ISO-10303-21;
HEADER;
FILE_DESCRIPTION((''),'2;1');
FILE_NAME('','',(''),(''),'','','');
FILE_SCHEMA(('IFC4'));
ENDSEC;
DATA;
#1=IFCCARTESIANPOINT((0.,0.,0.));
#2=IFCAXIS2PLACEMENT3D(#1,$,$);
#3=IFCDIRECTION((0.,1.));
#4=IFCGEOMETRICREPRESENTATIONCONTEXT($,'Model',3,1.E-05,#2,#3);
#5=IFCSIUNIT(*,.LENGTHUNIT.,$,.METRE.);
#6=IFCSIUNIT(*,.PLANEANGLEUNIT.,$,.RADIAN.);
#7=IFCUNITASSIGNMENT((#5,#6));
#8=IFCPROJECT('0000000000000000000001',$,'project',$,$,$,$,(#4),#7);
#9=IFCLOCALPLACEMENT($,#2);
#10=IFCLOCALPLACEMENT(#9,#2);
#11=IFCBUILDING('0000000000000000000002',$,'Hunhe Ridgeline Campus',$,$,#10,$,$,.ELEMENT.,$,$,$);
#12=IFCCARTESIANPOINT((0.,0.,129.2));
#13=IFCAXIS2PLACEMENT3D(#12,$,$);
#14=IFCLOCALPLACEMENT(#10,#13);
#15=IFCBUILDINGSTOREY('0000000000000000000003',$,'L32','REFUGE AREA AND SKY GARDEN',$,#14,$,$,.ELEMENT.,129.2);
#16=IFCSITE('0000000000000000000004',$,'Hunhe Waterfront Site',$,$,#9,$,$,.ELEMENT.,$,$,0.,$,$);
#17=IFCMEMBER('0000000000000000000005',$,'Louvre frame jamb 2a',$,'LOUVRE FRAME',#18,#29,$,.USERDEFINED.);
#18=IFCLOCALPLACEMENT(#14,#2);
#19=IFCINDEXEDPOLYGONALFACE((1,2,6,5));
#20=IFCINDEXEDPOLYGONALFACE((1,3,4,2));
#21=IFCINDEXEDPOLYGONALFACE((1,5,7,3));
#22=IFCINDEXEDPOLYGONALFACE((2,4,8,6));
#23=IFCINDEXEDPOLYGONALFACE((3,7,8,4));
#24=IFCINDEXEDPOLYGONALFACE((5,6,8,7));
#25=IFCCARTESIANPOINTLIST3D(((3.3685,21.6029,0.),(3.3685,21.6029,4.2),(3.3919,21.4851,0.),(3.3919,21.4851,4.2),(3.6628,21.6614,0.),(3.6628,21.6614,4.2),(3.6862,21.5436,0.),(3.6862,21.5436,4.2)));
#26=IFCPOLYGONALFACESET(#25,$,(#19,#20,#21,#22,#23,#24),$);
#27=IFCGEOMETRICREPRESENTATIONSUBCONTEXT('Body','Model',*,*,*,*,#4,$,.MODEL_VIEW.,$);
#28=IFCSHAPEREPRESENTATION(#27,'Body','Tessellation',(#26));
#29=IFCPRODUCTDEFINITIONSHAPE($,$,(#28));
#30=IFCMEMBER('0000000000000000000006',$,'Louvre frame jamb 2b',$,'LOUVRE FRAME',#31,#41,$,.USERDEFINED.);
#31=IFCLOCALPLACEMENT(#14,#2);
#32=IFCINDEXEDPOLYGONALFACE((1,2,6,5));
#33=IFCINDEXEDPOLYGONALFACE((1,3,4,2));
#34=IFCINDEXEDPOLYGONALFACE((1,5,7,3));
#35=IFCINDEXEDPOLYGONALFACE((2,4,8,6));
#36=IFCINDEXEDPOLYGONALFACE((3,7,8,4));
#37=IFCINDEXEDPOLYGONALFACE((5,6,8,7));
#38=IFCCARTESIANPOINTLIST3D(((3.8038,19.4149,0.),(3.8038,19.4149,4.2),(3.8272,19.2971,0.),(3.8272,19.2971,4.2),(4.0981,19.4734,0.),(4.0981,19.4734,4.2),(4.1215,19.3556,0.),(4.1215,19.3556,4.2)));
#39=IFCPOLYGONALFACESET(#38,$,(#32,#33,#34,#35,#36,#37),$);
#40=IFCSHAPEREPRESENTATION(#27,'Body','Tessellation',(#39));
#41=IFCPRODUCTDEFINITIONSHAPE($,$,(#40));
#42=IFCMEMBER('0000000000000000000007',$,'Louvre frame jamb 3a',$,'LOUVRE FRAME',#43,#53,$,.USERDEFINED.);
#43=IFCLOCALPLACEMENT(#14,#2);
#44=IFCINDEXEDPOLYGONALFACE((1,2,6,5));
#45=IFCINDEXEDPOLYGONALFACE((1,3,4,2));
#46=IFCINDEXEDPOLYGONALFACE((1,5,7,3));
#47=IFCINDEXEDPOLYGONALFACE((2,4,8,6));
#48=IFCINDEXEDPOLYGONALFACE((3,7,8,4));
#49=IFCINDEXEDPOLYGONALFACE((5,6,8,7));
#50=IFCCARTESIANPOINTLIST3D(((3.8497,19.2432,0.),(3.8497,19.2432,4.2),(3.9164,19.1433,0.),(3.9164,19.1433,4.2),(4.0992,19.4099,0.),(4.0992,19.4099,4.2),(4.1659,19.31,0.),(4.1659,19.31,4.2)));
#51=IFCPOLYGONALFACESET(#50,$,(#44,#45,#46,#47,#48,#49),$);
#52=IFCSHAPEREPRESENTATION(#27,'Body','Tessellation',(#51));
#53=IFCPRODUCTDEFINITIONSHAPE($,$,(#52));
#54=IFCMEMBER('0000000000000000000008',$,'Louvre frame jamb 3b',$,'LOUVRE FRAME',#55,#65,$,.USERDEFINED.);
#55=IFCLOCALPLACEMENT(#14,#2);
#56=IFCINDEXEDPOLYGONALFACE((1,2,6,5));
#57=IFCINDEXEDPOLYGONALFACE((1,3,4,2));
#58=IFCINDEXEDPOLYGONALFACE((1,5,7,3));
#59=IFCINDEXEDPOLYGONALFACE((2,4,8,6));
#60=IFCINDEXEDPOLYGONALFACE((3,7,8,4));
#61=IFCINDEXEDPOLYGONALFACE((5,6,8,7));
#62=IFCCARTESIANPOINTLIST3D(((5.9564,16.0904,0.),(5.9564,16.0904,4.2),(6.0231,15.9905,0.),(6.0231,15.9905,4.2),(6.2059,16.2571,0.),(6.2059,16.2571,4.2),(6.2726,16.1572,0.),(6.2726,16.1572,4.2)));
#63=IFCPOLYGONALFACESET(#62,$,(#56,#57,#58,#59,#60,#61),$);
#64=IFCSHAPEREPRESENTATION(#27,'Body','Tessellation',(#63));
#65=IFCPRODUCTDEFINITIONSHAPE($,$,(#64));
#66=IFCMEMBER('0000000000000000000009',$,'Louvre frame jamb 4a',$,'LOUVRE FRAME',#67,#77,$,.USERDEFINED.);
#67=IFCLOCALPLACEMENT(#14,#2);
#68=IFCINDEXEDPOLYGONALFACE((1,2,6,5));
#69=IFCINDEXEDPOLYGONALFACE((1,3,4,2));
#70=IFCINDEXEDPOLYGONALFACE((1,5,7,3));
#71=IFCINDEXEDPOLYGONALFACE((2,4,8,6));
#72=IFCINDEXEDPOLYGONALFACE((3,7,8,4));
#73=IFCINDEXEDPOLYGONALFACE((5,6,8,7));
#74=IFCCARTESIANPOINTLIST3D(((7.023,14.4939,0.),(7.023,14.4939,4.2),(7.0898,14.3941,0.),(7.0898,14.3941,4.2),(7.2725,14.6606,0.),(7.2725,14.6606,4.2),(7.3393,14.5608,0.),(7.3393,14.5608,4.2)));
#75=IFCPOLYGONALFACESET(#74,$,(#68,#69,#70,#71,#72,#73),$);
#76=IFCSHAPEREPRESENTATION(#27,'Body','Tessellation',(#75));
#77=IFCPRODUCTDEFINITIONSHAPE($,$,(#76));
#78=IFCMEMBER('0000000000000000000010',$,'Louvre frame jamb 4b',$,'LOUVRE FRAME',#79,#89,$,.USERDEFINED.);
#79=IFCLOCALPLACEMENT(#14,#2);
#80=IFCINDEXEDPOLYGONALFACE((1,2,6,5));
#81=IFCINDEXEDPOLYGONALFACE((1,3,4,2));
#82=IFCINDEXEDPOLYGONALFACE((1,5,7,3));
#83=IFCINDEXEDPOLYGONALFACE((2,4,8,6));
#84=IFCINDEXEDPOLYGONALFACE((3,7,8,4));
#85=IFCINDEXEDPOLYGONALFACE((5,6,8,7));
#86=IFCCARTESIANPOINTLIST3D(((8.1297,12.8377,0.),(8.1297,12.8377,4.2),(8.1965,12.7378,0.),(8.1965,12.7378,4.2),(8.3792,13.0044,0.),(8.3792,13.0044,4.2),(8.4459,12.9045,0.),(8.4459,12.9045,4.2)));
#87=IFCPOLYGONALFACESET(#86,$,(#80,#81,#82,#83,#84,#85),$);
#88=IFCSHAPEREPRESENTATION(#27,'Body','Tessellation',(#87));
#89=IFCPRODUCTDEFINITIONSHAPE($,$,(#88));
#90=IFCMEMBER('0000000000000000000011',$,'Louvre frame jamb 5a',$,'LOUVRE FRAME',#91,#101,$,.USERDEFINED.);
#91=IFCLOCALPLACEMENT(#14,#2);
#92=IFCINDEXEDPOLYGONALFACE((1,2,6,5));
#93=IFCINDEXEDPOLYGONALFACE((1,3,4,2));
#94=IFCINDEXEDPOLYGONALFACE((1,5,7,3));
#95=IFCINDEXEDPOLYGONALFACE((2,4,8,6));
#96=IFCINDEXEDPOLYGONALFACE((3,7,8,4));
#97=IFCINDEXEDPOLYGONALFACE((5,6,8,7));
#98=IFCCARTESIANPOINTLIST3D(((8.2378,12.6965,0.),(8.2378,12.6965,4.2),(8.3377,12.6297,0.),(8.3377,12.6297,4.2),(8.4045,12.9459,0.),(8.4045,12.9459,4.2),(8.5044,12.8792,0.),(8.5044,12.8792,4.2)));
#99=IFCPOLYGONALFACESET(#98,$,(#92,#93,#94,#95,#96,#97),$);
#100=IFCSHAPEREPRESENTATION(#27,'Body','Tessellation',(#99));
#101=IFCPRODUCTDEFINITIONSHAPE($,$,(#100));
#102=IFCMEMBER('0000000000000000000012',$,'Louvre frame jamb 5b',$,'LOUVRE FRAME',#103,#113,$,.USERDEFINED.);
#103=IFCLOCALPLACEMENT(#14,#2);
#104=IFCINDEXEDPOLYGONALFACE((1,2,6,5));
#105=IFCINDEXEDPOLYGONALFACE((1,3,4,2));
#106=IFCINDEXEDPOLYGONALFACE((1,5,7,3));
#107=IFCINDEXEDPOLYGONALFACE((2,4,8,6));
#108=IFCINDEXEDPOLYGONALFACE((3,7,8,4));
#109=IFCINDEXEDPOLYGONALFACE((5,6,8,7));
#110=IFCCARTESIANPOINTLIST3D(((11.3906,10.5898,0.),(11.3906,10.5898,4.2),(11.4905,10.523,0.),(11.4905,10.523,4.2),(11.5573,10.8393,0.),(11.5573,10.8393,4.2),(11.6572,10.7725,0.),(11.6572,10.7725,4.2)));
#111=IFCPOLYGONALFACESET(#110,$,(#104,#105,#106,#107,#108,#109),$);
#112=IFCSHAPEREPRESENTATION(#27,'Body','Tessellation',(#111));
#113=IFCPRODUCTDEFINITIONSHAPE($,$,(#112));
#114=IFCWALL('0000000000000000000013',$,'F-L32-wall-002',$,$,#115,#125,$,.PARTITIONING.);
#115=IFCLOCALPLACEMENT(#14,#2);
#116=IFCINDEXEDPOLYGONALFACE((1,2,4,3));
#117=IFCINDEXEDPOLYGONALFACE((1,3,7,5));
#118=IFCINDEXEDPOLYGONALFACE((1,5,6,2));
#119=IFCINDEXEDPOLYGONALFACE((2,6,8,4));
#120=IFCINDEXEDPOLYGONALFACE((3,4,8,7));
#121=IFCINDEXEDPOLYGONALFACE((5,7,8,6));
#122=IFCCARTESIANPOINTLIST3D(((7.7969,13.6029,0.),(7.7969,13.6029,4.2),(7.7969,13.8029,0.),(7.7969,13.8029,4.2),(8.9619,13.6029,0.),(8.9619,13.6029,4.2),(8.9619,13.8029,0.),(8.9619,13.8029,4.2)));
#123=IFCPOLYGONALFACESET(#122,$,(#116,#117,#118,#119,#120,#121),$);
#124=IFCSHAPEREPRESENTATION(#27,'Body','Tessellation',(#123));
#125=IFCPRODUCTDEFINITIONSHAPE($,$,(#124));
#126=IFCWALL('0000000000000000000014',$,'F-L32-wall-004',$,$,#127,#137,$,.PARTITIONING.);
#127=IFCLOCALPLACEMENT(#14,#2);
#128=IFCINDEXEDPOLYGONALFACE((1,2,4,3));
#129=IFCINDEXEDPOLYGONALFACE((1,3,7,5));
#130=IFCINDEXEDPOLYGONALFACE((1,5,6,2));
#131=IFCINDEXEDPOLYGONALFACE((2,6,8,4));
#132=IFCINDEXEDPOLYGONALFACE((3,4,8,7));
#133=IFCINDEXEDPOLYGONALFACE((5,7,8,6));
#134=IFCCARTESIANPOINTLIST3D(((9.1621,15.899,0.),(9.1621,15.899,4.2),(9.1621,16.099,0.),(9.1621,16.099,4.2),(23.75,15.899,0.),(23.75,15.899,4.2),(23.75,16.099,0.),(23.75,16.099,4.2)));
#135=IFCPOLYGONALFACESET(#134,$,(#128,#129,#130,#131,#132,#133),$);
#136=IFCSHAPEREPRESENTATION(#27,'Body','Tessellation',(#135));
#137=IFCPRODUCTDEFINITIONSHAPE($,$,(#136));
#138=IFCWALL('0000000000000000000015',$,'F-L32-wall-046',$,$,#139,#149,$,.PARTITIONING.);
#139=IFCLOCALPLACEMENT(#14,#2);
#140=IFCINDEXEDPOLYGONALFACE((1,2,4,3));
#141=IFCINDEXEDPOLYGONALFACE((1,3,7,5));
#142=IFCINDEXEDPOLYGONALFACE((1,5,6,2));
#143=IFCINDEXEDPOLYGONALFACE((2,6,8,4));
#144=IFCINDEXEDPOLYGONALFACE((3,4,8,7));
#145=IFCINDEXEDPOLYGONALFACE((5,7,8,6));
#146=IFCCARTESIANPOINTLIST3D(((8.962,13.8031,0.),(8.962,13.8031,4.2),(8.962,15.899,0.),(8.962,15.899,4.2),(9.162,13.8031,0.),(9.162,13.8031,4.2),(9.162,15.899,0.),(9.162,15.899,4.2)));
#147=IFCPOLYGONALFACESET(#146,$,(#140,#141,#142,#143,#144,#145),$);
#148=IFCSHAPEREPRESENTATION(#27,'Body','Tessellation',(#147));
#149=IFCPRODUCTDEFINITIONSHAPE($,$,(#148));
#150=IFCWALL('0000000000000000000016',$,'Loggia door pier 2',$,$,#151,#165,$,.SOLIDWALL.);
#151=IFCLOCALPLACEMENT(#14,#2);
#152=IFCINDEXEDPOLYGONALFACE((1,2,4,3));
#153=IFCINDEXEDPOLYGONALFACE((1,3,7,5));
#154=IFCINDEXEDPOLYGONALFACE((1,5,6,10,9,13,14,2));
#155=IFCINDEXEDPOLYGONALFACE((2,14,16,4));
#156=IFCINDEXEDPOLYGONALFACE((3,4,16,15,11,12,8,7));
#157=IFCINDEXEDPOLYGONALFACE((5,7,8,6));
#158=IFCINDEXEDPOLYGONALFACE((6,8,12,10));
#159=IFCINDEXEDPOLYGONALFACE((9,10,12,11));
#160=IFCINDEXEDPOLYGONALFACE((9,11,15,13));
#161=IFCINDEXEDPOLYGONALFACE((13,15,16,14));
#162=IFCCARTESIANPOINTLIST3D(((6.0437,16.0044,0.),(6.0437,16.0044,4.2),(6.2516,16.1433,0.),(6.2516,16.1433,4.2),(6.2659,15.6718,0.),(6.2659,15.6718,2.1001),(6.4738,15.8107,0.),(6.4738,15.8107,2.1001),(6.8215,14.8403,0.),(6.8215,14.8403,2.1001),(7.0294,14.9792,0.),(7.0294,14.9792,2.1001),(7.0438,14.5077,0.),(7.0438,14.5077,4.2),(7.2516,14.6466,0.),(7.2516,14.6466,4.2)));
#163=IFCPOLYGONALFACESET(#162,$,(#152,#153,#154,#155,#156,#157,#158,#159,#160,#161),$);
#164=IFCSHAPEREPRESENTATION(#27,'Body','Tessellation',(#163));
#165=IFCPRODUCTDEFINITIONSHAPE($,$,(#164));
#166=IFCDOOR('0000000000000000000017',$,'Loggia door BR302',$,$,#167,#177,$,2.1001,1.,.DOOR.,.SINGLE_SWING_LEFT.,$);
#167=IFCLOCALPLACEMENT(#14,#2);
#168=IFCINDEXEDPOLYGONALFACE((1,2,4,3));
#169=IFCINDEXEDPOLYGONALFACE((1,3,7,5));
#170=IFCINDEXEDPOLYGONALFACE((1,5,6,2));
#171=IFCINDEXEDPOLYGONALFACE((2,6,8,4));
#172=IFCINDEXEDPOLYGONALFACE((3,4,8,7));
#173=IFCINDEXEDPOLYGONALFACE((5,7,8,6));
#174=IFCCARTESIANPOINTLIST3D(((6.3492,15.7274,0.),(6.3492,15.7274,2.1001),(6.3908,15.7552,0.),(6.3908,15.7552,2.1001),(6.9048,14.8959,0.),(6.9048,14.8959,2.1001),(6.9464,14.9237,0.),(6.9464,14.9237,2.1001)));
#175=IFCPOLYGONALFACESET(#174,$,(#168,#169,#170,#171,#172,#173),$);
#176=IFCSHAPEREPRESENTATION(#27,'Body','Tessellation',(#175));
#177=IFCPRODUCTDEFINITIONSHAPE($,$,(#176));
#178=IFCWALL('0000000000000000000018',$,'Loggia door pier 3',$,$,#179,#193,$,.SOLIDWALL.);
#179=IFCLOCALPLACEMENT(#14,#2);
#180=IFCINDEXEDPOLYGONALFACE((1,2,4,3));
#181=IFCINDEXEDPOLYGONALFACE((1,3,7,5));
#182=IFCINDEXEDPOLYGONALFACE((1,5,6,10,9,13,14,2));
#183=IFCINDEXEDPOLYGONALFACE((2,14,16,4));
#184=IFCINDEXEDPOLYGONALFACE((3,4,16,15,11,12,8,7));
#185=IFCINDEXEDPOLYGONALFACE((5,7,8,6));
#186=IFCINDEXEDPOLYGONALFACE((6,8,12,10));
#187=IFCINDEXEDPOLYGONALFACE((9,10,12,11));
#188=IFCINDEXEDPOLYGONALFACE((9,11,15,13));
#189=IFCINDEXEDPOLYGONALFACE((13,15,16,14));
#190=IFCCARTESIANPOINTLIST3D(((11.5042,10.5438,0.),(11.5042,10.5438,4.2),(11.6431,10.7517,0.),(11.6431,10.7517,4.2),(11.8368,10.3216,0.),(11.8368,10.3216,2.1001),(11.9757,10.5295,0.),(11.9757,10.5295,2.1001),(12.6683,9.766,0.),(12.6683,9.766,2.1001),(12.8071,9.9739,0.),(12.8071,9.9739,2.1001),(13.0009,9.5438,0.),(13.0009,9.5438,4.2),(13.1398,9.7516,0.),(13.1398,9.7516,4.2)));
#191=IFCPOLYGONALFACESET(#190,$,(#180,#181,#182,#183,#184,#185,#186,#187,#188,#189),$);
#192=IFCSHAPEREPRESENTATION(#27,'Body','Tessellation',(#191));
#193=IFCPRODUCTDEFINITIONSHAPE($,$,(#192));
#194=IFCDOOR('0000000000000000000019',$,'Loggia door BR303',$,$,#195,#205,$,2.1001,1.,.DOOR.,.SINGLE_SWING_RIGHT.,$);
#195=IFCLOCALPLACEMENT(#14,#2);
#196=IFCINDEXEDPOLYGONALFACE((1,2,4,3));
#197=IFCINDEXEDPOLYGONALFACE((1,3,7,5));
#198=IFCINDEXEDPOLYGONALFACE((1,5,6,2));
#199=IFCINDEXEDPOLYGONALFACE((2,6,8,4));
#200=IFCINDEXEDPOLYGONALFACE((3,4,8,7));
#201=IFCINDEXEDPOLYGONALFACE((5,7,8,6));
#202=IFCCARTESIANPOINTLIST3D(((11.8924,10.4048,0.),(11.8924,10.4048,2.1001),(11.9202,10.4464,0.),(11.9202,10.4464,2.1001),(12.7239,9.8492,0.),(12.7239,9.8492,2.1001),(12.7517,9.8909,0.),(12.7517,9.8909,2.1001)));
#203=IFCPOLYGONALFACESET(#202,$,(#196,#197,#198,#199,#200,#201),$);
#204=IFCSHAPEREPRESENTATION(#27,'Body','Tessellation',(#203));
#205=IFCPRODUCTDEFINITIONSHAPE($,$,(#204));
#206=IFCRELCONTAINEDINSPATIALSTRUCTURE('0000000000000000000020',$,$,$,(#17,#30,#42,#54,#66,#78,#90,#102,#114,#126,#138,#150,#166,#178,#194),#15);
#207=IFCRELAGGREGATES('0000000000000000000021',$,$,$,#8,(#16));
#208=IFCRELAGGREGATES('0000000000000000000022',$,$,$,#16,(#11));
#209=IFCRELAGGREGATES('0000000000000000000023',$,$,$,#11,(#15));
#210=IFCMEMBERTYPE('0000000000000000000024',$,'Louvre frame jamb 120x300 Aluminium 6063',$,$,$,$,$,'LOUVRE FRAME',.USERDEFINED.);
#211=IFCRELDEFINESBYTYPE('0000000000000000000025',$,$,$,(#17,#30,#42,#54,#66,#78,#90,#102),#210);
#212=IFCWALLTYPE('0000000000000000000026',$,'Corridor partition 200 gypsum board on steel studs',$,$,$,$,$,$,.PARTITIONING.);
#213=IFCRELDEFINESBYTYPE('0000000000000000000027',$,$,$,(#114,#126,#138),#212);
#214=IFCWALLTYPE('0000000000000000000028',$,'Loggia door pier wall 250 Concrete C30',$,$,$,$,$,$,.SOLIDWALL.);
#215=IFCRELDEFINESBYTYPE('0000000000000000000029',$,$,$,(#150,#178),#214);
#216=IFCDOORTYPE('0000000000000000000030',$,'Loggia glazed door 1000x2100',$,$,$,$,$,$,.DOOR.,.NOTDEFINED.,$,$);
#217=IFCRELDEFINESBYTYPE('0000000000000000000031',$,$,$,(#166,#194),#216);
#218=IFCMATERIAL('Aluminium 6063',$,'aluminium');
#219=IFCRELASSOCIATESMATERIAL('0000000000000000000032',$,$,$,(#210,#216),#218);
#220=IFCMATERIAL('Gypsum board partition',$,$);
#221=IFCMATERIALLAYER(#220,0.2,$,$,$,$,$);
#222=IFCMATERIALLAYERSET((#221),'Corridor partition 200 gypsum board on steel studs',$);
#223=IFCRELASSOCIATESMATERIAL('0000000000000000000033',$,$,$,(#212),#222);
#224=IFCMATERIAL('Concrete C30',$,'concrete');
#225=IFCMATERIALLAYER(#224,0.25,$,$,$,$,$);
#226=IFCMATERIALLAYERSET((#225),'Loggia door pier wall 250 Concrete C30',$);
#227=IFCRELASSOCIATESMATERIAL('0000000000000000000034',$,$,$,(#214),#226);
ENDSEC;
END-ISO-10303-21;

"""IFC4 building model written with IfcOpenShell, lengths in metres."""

from ifc_helpers import new_model, si_unit, direction, frame, frame_2d, origin, origin_2d, place, context, subcontext, project, spatial, rectangle, extrude, material, layer, layer_set, material_profile, profile_set, type_object, element, fill, save


model = new_model("IFC4")

# Units and contexts
model_context = context("Model", 3, precision=1e-05, world=origin(), true_north=direction((0.0, 1.0)))
body_context = subcontext(model_context, "Body", "Model", "MODEL_VIEW")
ifc_project = project(units=[si_unit("LENGTHUNIT", "METRE"), si_unit("PLANEANGLEUNIT", "RADIAN")], contexts=[model_context])

# Site, building, storey
site_placement = place(None, origin())
site = spatial("IfcSite", under=ifc_project, at=site_placement, Name="Hunhe Waterfront Site", CompositionType="ELEMENT", RefElevation=0.0)
building_placement = place(site_placement, origin())
building = spatial("IfcBuilding", under=site, at=building_placement, Name="Hunhe Ridgeline Campus", CompositionType="ELEMENT")
storey_placement = place(building_placement, frame((0.0, 0.0, 129.2)))
storey = spatial("IfcBuildingStorey", under=building, at=storey_placement, Name="L32", Description="REFUGE AREA AND SKY GARDEN", CompositionType="ELEMENT", Elevation=129.2)

# Members
ifc_material_1 = material(Name="Aluminium 6063", Category="aluminium")
ifc_material_profile_1 = material_profile(ifc_material_1, rectangle(XDim=0.3, YDim=0.1201, at=origin_2d()))
ifc_profile_set_1 = profile_set([ifc_material_profile_1], Name="Aluminium 6063")
member_type_1 = type_object("IfcMemberType", Name="Louvre frame jamb 120x300 Aluminium 6063", ElementType="LOUVRE FRAME", PredefinedType="USERDEFINED", material=ifc_profile_set_1)
for number, where, z_axis, x_axis, name in (
    (1, (3.5273, 21.5732, 0.0), (0.0, 0.0, 1.0), (0.980784, 0.195095, 0.0), "Louvre frame jamb 2a"),
    (2, (3.9626, 19.3853, 0.0), (0.0, 0.0, 1.0), (0.980784, 0.195095, 0.0), "Louvre frame jamb 2b"),
    (3, (4.0078, 19.2766, 0.0), (0.0, 0.0, 1.0), (0.83147, 0.55557, 0.0), "Louvre frame jamb 3a"),
    (4, (6.1145, 16.1238, 0.0), (0.0, 0.0, 1.0), (0.83147, 0.55557, 0.0), "Louvre frame jamb 3b"),
    (5, (7.1812, 14.5273, 0.0), (0.0, 0.0, 1.0), (0.83147, 0.55557, 0.0), "Louvre frame jamb 4a"),
    (6, (8.2878, 12.8711, 0.0), (0.0, 0.0, 1.0), (0.83147, 0.55557, 0.0), "Louvre frame jamb 4b"),
    (7, (8.3711, 12.7878, 0.0), (0.0, 0.0, 1.0), (0.55557, 0.83147, 0.0), "Louvre frame jamb 5a"),
    (8, (11.5239, 10.6812, 0.0), (0.0, 0.0, 1.0), (0.55557, 0.83147, 0.0), "Louvre frame jamb 5b"),
):
    element("IfcMember", number, at=place(storey_placement, frame(where, z_axis=z_axis, x_axis=x_axis)), inside=storey, type_object=member_type_1, Name=name, ObjectType="LOUVRE FRAME", PredefinedType="USERDEFINED", context=body_context, shape_type="SweptSolid", body=[
        extrude(rectangle(XDim=0.3, YDim=0.1201, at=origin_2d()), origin(), (0.0, 0.0, 1.0), 4.2),
    ])

# Walls
ifc_material_2 = material(Name="Gypsum board partition")
ifc_layer_1 = layer(ifc_material_2, 0.2)
ifc_layer_set_1 = layer_set([ifc_layer_1], Name="Corridor partition 200 gypsum board on steel studs")
wall_type_1 = type_object("IfcWallType", Name="Corridor partition 200 gypsum board on steel studs", PredefinedType="PARTITIONING", material=ifc_layer_set_1)
wall_1_placement = place(storey_placement, frame((7.7969, 13.7029, 0.0), z_axis=(0.0, 0.0, 1.0), x_axis=(1.0, 0.0, 0.0)))
element("IfcWall", 9, at=wall_1_placement, inside=storey, type_object=wall_type_1, Name="F-L32-wall-002", PredefinedType="PARTITIONING", context=body_context, shape_type="SweptSolid", body=[
    extrude(rectangle(XDim=1.165, YDim=0.2, at=frame_2d((0.5825, 0.0))), origin(), (0.0, 0.0, 1.0), 4.2),
])
wall_2_placement = place(storey_placement, frame((9.1621, 15.999, 0.0), z_axis=(0.0, 0.0, 1.0), x_axis=(1.0, 0.0, 0.0)))
element("IfcWall", 10, at=wall_2_placement, inside=storey, type_object=wall_type_1, Name="F-L32-wall-004", PredefinedType="PARTITIONING", context=body_context, shape_type="SweptSolid", body=[
    extrude(rectangle(XDim=14.5879, YDim=0.2, at=frame_2d((7.2939, 0.0))), origin(), (0.0, 0.0, 1.0), 4.2),
])
wall_3_placement = place(storey_placement, frame((9.062, 15.8989, 0.0), z_axis=(0.0, 0.0, 1.0), x_axis=(0.0, -1.0, 0.0)))
element("IfcWall", 11, at=wall_3_placement, inside=storey, type_object=wall_type_1, Name="F-L32-wall-046", PredefinedType="PARTITIONING", context=body_context, shape_type="SweptSolid", body=[
    extrude(rectangle(XDim=2.0959, YDim=0.2, at=frame_2d((1.0479, 0.0))), origin(), (0.0, 0.0, 1.0), 4.2),
])

# Walls, openings, doors
ifc_material_3 = material(Name="Concrete C30", Category="concrete")
ifc_layer_2 = layer(ifc_material_3, 0.25)
ifc_layer_set_2 = layer_set([ifc_layer_2], Name="Loggia door pier wall 250 Concrete C30")
wall_type_2 = type_object("IfcWallType", Name="Loggia door pier wall 250 Concrete C30", PredefinedType="SOLIDWALL", material=ifc_layer_set_2)
wall_4_placement = place(storey_placement, frame((6.1477, 16.0737, 0.0), z_axis=(0.0, 0.0, 1.0), x_axis=(0.555576, -0.831466, 0.0)))
wall_4 = element("IfcWall", 12, at=wall_4_placement, inside=storey, type_object=wall_type_2, Name="Loggia door pier 2", PredefinedType="SOLIDWALL", context=body_context, shape_type="SweptSolid", body=[
    extrude(rectangle(XDim=1.8, YDim=0.25, at=frame_2d((0.8999, 0.0))), origin(), (0.0, 0.0, 1.0), 4.2),
])
opening_1_placement = place(wall_4_placement, frame((0.3999, 0.0, 0.0)))
opening_1 = element("IfcOpeningElement", 13, at=opening_1_placement, cuts=wall_4, PredefinedType="OPENING", context=body_context, shape_type="SweptSolid", body=[
    extrude(rectangle(XDim=1.0, YDim=2.1001, at=frame_2d((0.5, 1.05))), frame((0.0, 0.125, 0.0), z_axis=(0.0, -1.0, 0.0), x_axis=(1.0, 0.0, 0.0)), (0.0, 0.0, 1.0), 0.25),
])
door_type = type_object("IfcDoorType", Name="Loggia glazed door 1000x2100", OperationType="NOTDEFINED", PredefinedType="DOOR", material=ifc_material_1)
door_1_placement = place(opening_1_placement, frame((1.0, 0.0, 0.0), z_axis=(0.0, 0.0, 1.0), x_axis=(-1.0, 0.0, 0.0)))
door_1 = element("IfcDoor", 14, at=door_1_placement, inside=storey, type_object=door_type, Name="Loggia door BR302", OperationType="SINGLE_SWING_LEFT", OverallHeight=2.1001, OverallWidth=1.0, PredefinedType="DOOR", context=body_context, shape_type="SweptSolid", body=[
    extrude(rectangle(XDim=1.0, YDim=2.1001, at=frame_2d((0.5, 1.05))), frame((0.0, 0.0249, 0.0), z_axis=(0.0, -1.0, 0.0), x_axis=(1.0, 0.0, 0.0)), (0.0, 0.0, 1.0), 0.05),
])
fill(opening_1, door_1)
wall_5_placement = place(storey_placement, frame((11.5737, 10.6477, 0.0), z_axis=(0.0, 0.0, 1.0), x_axis=(0.831466, -0.555576, 0.0)))
wall_5 = element("IfcWall", 15, at=wall_5_placement, inside=storey, type_object=wall_type_2, Name="Loggia door pier 3", PredefinedType="SOLIDWALL", context=body_context, shape_type="SweptSolid", body=[
    extrude(rectangle(XDim=1.8, YDim=0.25, at=frame_2d((0.8999, 0.0))), origin(), (0.0, 0.0, 1.0), 4.2),
])
opening_2_placement = place(wall_5_placement, frame((0.3999, 0.0, 0.0)))
opening_2 = element("IfcOpeningElement", 16, at=opening_2_placement, cuts=wall_5, PredefinedType="OPENING", context=body_context, shape_type="SweptSolid", body=[
    extrude(rectangle(XDim=1.0, YDim=2.1001, at=frame_2d((0.5, 1.05))), frame((0.0, 0.125, 0.0), z_axis=(0.0, -1.0, 0.0), x_axis=(1.0, 0.0, 0.0)), (0.0, 0.0, 1.0), 0.25),
])
door_2_placement = place(opening_2_placement, frame((1.0, 0.0, 0.0), z_axis=(0.0, 0.0, 1.0), x_axis=(-1.0, 0.0, 0.0)))
door_2 = element("IfcDoor", 17, at=door_2_placement, inside=storey, type_object=door_type, Name="Loggia door BR303", OperationType="SINGLE_SWING_RIGHT", OverallHeight=2.1001, OverallWidth=1.0, PredefinedType="DOOR", context=body_context, shape_type="SweptSolid", body=[
    extrude(rectangle(XDim=1.0, YDim=2.1001, at=frame_2d((0.5, 1.05))), frame((0.0, 0.0249, 0.0), z_axis=(0.0, -1.0, 0.0), x_axis=(1.0, 0.0, 0.0)), (0.0, 0.0, 1.0), 0.05),
])
fill(opening_2, door_2)

save(model, "model.ifc")
